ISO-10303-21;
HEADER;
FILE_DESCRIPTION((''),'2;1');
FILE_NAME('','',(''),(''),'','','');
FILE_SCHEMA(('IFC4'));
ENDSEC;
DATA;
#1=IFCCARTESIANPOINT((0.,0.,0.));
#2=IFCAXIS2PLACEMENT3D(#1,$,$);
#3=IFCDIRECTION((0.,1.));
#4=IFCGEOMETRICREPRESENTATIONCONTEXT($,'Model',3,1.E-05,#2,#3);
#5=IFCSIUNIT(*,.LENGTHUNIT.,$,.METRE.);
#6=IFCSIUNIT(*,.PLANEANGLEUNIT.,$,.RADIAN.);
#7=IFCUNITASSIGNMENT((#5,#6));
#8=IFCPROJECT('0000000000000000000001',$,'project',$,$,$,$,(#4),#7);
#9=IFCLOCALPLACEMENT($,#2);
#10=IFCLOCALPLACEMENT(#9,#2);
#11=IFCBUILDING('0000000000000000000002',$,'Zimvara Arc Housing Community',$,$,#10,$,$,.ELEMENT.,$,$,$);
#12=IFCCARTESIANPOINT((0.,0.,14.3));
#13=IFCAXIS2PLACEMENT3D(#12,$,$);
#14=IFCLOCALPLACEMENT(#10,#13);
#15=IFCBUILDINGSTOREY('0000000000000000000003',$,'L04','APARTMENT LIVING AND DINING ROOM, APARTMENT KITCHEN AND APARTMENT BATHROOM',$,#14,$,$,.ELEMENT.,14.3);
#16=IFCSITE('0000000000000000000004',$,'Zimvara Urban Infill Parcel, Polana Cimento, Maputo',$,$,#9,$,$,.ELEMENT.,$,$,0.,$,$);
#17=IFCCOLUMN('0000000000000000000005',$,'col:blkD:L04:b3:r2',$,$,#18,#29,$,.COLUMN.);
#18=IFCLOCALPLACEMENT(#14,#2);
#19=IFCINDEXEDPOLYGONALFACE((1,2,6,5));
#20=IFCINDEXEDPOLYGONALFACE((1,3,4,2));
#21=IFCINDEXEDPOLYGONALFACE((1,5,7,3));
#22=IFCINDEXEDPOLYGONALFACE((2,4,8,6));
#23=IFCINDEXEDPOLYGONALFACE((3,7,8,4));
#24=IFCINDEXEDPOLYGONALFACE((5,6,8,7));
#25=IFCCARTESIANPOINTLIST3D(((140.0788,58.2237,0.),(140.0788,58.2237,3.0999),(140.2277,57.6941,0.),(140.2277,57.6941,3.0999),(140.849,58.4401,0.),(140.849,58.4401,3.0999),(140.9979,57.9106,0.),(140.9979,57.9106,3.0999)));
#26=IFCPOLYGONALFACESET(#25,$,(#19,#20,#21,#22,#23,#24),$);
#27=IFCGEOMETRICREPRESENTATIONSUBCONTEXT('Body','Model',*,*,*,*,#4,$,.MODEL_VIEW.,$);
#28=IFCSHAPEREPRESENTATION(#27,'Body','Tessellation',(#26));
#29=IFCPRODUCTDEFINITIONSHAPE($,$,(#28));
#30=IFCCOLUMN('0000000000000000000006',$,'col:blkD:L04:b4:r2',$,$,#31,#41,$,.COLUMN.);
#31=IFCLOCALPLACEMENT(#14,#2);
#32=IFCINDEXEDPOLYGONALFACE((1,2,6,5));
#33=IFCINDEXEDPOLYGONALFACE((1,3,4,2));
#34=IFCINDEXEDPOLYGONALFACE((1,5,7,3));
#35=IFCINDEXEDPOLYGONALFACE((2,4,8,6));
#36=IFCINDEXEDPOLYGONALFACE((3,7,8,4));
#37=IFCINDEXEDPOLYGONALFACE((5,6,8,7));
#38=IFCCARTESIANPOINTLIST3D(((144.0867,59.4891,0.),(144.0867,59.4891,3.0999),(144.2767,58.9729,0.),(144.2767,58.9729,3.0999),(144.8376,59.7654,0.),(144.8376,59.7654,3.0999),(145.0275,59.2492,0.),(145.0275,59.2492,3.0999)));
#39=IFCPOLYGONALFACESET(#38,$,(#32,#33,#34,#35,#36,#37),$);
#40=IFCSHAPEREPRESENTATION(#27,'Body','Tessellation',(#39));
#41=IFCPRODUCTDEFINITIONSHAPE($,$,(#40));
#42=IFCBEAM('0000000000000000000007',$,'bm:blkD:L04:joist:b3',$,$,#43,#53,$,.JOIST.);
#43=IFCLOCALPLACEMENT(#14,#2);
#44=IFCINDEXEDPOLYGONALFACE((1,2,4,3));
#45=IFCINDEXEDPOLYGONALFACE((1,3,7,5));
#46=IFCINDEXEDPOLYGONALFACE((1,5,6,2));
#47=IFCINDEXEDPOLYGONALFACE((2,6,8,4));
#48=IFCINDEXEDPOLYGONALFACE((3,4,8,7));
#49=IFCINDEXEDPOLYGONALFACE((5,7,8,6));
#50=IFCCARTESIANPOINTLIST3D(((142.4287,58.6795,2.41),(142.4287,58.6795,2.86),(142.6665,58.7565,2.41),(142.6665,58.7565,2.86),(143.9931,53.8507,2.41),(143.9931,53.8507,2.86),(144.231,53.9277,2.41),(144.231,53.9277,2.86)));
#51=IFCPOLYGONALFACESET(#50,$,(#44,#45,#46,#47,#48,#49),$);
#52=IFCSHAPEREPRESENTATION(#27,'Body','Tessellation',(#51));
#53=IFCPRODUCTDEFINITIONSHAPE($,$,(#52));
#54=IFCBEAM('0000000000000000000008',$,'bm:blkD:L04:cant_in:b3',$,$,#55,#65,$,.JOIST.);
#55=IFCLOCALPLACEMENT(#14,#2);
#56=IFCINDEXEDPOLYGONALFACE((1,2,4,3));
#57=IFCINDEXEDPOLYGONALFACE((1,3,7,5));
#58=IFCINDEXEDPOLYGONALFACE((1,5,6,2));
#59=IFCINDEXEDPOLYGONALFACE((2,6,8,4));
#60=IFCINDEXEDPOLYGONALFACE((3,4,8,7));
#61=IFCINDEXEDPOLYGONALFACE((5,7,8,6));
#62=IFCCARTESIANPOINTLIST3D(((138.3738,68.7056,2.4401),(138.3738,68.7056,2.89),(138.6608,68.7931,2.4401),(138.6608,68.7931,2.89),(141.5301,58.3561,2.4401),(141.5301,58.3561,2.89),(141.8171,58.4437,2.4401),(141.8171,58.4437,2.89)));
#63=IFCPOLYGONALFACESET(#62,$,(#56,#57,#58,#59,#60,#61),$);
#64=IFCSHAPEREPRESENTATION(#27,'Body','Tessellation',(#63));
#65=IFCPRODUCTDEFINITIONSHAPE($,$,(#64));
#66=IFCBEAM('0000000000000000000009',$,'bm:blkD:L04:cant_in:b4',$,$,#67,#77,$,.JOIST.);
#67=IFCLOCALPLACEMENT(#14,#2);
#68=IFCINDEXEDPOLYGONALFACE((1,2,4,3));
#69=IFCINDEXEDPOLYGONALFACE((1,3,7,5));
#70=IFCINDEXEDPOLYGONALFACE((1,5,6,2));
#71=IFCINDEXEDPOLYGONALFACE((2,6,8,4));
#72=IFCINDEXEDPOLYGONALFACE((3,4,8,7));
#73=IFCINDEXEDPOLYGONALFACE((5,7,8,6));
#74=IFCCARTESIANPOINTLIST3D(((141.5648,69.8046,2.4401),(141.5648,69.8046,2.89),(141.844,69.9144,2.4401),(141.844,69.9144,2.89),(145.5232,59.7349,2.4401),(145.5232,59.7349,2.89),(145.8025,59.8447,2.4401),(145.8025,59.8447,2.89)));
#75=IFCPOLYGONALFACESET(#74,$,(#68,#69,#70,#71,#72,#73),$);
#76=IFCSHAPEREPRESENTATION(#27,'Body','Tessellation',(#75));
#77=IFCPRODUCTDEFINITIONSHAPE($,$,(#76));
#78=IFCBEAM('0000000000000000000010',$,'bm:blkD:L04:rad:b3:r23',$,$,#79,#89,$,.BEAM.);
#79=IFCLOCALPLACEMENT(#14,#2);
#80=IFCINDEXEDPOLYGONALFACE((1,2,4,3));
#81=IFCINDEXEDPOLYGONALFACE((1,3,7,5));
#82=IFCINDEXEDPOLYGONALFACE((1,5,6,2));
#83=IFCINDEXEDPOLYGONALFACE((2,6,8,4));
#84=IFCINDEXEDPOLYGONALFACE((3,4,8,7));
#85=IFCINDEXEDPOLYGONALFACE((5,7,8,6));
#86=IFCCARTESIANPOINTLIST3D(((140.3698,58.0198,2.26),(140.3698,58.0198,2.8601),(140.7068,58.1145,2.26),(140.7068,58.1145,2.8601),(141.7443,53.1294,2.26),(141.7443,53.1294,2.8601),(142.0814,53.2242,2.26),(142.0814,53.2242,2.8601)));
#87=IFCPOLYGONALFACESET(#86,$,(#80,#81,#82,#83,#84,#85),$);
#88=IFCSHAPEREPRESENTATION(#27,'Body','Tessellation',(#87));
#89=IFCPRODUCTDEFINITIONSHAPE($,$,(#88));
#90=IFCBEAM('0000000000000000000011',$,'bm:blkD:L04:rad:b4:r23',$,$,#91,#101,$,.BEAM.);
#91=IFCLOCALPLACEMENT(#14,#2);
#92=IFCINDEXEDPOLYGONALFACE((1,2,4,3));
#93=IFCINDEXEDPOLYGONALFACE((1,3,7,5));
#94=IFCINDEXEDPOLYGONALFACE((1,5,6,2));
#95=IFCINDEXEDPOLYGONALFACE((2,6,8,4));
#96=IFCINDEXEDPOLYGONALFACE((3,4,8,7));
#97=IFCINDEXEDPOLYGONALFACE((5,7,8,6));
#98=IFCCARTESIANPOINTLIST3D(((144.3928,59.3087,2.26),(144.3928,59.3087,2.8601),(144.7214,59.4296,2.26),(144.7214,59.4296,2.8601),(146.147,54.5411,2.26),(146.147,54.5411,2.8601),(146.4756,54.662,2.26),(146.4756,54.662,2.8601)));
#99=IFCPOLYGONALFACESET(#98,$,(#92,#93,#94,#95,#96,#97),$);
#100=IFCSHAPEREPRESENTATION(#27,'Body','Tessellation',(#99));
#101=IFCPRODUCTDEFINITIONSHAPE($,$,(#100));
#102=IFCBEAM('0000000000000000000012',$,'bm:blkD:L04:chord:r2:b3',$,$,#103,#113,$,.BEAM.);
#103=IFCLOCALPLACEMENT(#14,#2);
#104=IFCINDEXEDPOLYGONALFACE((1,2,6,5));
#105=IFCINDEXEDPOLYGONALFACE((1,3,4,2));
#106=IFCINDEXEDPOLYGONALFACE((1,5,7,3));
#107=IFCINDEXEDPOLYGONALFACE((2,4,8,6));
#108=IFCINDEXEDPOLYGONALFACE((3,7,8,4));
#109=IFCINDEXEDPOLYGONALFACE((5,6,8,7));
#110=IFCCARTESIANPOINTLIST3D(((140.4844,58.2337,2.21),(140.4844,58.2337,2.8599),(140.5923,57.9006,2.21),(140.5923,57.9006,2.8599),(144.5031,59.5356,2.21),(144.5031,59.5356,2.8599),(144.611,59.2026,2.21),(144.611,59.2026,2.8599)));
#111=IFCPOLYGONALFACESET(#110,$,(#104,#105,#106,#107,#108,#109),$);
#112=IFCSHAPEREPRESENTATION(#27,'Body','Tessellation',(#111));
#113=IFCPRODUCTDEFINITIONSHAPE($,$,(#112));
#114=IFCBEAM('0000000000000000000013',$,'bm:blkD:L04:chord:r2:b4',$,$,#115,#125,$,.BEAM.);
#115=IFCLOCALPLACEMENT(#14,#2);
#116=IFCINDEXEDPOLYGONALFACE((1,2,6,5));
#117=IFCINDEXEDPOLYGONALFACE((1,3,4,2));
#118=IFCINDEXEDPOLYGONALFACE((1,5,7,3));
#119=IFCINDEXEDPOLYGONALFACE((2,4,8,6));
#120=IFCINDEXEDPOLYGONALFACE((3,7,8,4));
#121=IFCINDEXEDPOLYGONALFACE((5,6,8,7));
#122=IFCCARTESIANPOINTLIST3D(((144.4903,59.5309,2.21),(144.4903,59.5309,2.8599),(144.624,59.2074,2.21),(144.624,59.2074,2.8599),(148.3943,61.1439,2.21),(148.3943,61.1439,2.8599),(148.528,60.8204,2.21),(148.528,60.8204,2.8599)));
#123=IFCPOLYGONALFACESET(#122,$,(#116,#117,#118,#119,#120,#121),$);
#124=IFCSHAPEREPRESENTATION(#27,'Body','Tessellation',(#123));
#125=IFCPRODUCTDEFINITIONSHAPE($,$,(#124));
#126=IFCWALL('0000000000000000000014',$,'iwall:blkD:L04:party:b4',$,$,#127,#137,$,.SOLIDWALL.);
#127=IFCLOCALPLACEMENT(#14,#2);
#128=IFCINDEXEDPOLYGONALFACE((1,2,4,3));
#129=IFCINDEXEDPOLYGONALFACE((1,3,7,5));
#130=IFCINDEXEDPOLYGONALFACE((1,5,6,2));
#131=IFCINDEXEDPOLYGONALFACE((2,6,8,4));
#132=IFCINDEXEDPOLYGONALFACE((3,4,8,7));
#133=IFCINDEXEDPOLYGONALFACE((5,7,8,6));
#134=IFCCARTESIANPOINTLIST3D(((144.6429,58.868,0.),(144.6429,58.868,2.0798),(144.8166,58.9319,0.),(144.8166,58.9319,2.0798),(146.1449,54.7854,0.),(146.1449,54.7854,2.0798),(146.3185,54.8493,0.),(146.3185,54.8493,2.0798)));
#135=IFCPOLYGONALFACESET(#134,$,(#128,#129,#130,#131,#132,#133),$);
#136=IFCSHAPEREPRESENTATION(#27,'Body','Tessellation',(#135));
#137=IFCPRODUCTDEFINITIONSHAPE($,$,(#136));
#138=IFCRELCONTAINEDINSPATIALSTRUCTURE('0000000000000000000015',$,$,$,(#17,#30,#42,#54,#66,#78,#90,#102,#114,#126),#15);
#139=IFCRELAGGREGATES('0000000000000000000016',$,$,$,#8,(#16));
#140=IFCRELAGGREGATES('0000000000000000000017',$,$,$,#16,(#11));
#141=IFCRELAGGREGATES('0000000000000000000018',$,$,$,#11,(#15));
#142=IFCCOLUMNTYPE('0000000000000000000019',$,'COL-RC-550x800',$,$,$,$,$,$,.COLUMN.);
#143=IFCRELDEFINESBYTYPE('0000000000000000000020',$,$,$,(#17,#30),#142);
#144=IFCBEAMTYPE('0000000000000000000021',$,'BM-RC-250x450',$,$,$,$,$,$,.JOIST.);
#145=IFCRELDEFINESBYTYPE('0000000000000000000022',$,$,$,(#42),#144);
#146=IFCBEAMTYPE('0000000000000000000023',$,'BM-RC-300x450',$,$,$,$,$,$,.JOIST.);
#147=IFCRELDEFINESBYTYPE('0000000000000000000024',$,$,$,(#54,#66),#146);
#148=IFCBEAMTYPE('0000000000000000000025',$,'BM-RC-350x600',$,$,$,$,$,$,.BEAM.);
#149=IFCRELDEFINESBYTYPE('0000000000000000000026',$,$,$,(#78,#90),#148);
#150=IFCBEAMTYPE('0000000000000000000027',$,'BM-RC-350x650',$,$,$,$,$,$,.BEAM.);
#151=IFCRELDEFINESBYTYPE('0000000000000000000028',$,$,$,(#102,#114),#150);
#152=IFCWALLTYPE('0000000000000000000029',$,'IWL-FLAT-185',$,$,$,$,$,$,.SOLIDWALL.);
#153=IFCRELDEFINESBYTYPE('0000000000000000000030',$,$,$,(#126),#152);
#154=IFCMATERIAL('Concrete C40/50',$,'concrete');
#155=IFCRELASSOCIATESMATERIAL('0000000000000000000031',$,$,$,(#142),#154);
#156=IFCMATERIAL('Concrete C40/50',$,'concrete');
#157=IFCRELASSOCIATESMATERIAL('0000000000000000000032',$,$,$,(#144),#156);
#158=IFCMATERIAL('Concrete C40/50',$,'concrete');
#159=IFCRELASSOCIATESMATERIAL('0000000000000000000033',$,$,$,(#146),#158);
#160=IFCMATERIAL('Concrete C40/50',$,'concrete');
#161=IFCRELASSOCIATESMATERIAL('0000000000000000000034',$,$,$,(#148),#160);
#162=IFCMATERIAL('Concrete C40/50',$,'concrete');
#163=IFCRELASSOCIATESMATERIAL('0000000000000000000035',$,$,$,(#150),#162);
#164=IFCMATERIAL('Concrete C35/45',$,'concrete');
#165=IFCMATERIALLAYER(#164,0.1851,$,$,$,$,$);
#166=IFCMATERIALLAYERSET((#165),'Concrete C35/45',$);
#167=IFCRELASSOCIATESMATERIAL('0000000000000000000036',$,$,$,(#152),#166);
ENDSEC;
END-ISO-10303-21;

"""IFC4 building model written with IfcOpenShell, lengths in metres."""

from ifc_helpers import new_model, si_unit, direction, frame, frame_2d, origin, origin_2d, place, context, subcontext, project, spatial, rectangle, extrude, material, layer, layer_set, material_profile, profile_set, type_object, element, save


model = new_model("IFC4")

# Units and contexts
model_context = context("Model", 3, precision=1e-05, world=origin(), true_north=direction((0.0, 1.0)))
body_context = subcontext(model_context, "Body", "Model", "MODEL_VIEW")
ifc_project = project(units=[si_unit("LENGTHUNIT", "METRE"), si_unit("PLANEANGLEUNIT", "RADIAN")], contexts=[model_context])

# Site, building, storey
site_placement = place(None, origin())
site = spatial("IfcSite", under=ifc_project, at=site_placement, Name="Zimvara Urban Infill Parcel, Polana Cimento, Maputo", CompositionType="ELEMENT", RefElevation=0.0)
building_placement = place(site_placement, origin())
building = spatial("IfcBuilding", under=site, at=building_placement, Name="Zimvara Arc Housing Community", CompositionType="ELEMENT")
storey_placement = place(building_placement, frame((0.0, 0.0, 14.3)))
storey = spatial("IfcBuildingStorey", under=building, at=storey_placement, Name="L04", Description="APARTMENT LIVING AND DINING ROOM, APARTMENT KITCHEN AND APARTMENT BATHROOM", CompositionType="ELEMENT", Elevation=14.3)

# Columns
ifc_material_1 = material(Name="Concrete C40/50", Category="concrete")
ifc_material_profile_1 = material_profile(ifc_material_1, rectangle(XDim=0.55, YDim=0.8, at=origin_2d()), Name="RC 550x800")
ifc_profile_set_1 = profile_set([ifc_material_profile_1], Name="Concrete C40/50")
column_type = type_object("IfcColumnType", Name="COL-RC-550x800", PredefinedType="COLUMN", material=ifc_profile_set_1)
for number, where, z_axis, x_axis, name in (
    (1, (140.5383, 58.0671, 0.0), (0.0, 0.0, 1.0), (0.2706, -0.962692, 0.0), "col:blkD:L04:b3:r2"),
    (2, (144.5571, 59.3691, 0.0), (0.0, 0.0, 1.0), (0.345298, -0.938493, 0.0), "col:blkD:L04:b4:r2"),
):
    element("IfcColumn", number, at=place(storey_placement, frame(where, z_axis=z_axis, x_axis=x_axis)), inside=storey, type_object=column_type, Name=name, PredefinedType="COLUMN", context=body_context, shape_type="SweptSolid", body=[
        extrude(rectangle(XDim=0.55, YDim=0.8, at=origin_2d()), origin(), (0.0, 0.0, 1.0), 3.0999),
    ])

# Beams
ifc_material_2 = material(Name="Concrete C40/50", Category="concrete")
ifc_material_profile_2 = material_profile(ifc_material_2, rectangle(XDim=0.25, YDim=0.45, at=origin_2d()), Name="RC 250x450")
ifc_profile_set_2 = profile_set([ifc_material_profile_2], Name="Concrete C40/50")
beam_type_1 = type_object("IfcBeamType", Name="BM-RC-250x450", PredefinedType="JOIST", material=ifc_profile_set_2)
beam_1_placement = place(storey_placement, frame((142.5476, 58.718, 2.635), z_axis=(0.308208, -0.951319, 0.0), x_axis=(0.951319, 0.308208, 0.0)))
element("IfcBeam", 3, at=beam_1_placement, inside=storey, type_object=beam_type_1, Name="bm:blkD:L04:joist:b3", PredefinedType="JOIST", context=body_context, shape_type="SweptSolid", body=[
    extrude(rectangle(XDim=0.25, YDim=0.45, at=origin_2d()), origin(), (0.0, 0.0, 1.0), 5.0759),
])
ifc_material_3 = material(Name="Concrete C40/50", Category="concrete")
ifc_material_profile_3 = material_profile(ifc_material_3, rectangle(XDim=0.3, YDim=0.45, at=origin_2d()), Name="RC 300x450")
ifc_profile_set_3 = profile_set([ifc_material_profile_3], Name="Concrete C40/50")
beam_type_2 = type_object("IfcBeamType", Name="BM-RC-300x450", PredefinedType="JOIST", material=ifc_profile_set_3)
beam_2_placement = place(storey_placement, frame((141.6736, 58.3999, 2.665), z_axis=(-0.291707, 0.956508, 0.0), x_axis=(-0.956508, -0.291707, 0.0)))
element("IfcBeam", 4, at=beam_2_placement, inside=storey, type_object=beam_type_2, Name="bm:blkD:L04:cant_in:b3", PredefinedType="JOIST", context=body_context, shape_type="SweptSolid", body=[
    extrude(rectangle(XDim=0.3, YDim=0.45, at=origin_2d()), origin(), (0.0, 0.0, 1.0), 10.8201),
])
beam_3_placement = place(storey_placement, frame((145.6628, 59.7898, 2.665), z_axis=(-0.365852, 0.930673, 0.0), x_axis=(-0.930673, -0.365852, 0.0)))
element("IfcBeam", 5, at=beam_3_placement, inside=storey, type_object=beam_type_2, Name="bm:blkD:L04:cant_in:b4", PredefinedType="JOIST", context=body_context, shape_type="SweptSolid", body=[
    extrude(rectangle(XDim=0.3, YDim=0.45, at=origin_2d()), origin(), (0.0, 0.0, 1.0), 10.8198),
])
ifc_material_4 = material(Name="Concrete C40/50", Category="concrete")
ifc_material_profile_4 = material_profile(ifc_material_4, rectangle(XDim=0.3501, YDim=0.6001, at=origin_2d()), Name="RC 350x600")
ifc_profile_set_4 = profile_set([ifc_material_profile_4], Name="Concrete C40/50")
beam_type_3 = type_object("IfcBeamType", Name="BM-RC-350x600", PredefinedType="BEAM", material=ifc_profile_set_4)
beam_4_placement = place(storey_placement, frame((140.5383, 58.0671, 2.5601), z_axis=(0.27058, -0.962698, 0.0), x_axis=(0.962698, 0.27058, 0.0)))
element("IfcBeam", 6, at=beam_4_placement, inside=storey, type_object=beam_type_3, Name="bm:blkD:L04:rad:b3:r23", PredefinedType="BEAM", context=body_context, shape_type="SweptSolid", body=[
    extrude(rectangle(XDim=0.3501, YDim=0.6001, at=origin_2d()), origin(), (0.0, 0.0, 1.0), 5.0798),
])
beam_5_placement = place(storey_placement, frame((144.5571, 59.3691, 2.5601), z_axis=(0.345302, -0.938492, 0.0), x_axis=(0.938492, 0.345302, 0.0)))
element("IfcBeam", 7, at=beam_5_placement, inside=storey, type_object=beam_type_3, Name="bm:blkD:L04:rad:b4:r23", PredefinedType="BEAM", context=body_context, shape_type="SweptSolid", body=[
    extrude(rectangle(XDim=0.3501, YDim=0.6001, at=origin_2d()), origin(), (0.0, 0.0, 1.0), 5.0801),
])
ifc_material_5 = material(Name="Concrete C40/50", Category="concrete")
ifc_material_profile_5 = material_profile(ifc_material_5, rectangle(XDim=0.3501, YDim=0.6499, at=origin_2d()), Name="RC 350x650")
ifc_profile_set_5 = profile_set([ifc_material_profile_5], Name="Concrete C40/50")
beam_type_4 = type_object("IfcBeamType", Name="BM-RC-350x650", PredefinedType="BEAM", material=ifc_profile_set_5)
beam_6_placement = place(storey_placement, frame((140.5383, 58.0671, 2.5349), z_axis=(0.951319, 0.308206, 0.0), x_axis=(-0.308206, 0.951319, 0.0)))
element("IfcBeam", 8, at=beam_6_placement, inside=storey, type_object=beam_type_4, Name="bm:blkD:L04:chord:r2:b3", PredefinedType="BEAM", context=body_context, shape_type="SweptSolid", body=[
    extrude(rectangle(XDim=0.3501, YDim=0.6499, at=origin_2d()), origin(), (0.0, 0.0, 1.0), 4.2244),
])
beam_7_placement = place(storey_placement, frame((144.5571, 59.3691, 2.5349), z_axis=(0.92422, 0.38186, 0.0), x_axis=(-0.38186, 0.92422, 0.0)))
element("IfcBeam", 9, at=beam_7_placement, inside=storey, type_object=beam_type_4, Name="bm:blkD:L04:chord:r2:b4", PredefinedType="BEAM", context=body_context, shape_type="SweptSolid", body=[
    extrude(rectangle(XDim=0.3501, YDim=0.6499, at=origin_2d()), origin(), (0.0, 0.0, 1.0), 4.2241),
])

# Wall
ifc_material_6 = material(Name="Concrete C35/45", Category="concrete")
ifc_layer_1 = layer(ifc_material_6, 0.1851)
ifc_layer_set_1 = layer_set([ifc_layer_1], Name="Concrete C35/45")
wall_type_1 = type_object("IfcWallType", Name="IWL-FLAT-185", PredefinedType="SOLIDWALL", material=ifc_layer_set_1)
wall_1_placement = place(storey_placement, frame((144.7297, 58.8999, 0.0), z_axis=(0.0, 0.0, 1.0), x_axis=(0.345274, -0.938502, 0.0)))
element("IfcWall", 10, at=wall_1_placement, inside=storey, type_object=wall_type_1, Name="iwall:blkD:L04:party:b4", PredefinedType="SOLIDWALL", context=body_context, shape_type="SweptSolid", body=[
    extrude(rectangle(XDim=4.3501, YDim=0.1851, at=frame_2d((2.175, 0.0))), origin(), (0.0, 0.0, 1.0), 2.0798),
])

save(model, "model.ifc")
